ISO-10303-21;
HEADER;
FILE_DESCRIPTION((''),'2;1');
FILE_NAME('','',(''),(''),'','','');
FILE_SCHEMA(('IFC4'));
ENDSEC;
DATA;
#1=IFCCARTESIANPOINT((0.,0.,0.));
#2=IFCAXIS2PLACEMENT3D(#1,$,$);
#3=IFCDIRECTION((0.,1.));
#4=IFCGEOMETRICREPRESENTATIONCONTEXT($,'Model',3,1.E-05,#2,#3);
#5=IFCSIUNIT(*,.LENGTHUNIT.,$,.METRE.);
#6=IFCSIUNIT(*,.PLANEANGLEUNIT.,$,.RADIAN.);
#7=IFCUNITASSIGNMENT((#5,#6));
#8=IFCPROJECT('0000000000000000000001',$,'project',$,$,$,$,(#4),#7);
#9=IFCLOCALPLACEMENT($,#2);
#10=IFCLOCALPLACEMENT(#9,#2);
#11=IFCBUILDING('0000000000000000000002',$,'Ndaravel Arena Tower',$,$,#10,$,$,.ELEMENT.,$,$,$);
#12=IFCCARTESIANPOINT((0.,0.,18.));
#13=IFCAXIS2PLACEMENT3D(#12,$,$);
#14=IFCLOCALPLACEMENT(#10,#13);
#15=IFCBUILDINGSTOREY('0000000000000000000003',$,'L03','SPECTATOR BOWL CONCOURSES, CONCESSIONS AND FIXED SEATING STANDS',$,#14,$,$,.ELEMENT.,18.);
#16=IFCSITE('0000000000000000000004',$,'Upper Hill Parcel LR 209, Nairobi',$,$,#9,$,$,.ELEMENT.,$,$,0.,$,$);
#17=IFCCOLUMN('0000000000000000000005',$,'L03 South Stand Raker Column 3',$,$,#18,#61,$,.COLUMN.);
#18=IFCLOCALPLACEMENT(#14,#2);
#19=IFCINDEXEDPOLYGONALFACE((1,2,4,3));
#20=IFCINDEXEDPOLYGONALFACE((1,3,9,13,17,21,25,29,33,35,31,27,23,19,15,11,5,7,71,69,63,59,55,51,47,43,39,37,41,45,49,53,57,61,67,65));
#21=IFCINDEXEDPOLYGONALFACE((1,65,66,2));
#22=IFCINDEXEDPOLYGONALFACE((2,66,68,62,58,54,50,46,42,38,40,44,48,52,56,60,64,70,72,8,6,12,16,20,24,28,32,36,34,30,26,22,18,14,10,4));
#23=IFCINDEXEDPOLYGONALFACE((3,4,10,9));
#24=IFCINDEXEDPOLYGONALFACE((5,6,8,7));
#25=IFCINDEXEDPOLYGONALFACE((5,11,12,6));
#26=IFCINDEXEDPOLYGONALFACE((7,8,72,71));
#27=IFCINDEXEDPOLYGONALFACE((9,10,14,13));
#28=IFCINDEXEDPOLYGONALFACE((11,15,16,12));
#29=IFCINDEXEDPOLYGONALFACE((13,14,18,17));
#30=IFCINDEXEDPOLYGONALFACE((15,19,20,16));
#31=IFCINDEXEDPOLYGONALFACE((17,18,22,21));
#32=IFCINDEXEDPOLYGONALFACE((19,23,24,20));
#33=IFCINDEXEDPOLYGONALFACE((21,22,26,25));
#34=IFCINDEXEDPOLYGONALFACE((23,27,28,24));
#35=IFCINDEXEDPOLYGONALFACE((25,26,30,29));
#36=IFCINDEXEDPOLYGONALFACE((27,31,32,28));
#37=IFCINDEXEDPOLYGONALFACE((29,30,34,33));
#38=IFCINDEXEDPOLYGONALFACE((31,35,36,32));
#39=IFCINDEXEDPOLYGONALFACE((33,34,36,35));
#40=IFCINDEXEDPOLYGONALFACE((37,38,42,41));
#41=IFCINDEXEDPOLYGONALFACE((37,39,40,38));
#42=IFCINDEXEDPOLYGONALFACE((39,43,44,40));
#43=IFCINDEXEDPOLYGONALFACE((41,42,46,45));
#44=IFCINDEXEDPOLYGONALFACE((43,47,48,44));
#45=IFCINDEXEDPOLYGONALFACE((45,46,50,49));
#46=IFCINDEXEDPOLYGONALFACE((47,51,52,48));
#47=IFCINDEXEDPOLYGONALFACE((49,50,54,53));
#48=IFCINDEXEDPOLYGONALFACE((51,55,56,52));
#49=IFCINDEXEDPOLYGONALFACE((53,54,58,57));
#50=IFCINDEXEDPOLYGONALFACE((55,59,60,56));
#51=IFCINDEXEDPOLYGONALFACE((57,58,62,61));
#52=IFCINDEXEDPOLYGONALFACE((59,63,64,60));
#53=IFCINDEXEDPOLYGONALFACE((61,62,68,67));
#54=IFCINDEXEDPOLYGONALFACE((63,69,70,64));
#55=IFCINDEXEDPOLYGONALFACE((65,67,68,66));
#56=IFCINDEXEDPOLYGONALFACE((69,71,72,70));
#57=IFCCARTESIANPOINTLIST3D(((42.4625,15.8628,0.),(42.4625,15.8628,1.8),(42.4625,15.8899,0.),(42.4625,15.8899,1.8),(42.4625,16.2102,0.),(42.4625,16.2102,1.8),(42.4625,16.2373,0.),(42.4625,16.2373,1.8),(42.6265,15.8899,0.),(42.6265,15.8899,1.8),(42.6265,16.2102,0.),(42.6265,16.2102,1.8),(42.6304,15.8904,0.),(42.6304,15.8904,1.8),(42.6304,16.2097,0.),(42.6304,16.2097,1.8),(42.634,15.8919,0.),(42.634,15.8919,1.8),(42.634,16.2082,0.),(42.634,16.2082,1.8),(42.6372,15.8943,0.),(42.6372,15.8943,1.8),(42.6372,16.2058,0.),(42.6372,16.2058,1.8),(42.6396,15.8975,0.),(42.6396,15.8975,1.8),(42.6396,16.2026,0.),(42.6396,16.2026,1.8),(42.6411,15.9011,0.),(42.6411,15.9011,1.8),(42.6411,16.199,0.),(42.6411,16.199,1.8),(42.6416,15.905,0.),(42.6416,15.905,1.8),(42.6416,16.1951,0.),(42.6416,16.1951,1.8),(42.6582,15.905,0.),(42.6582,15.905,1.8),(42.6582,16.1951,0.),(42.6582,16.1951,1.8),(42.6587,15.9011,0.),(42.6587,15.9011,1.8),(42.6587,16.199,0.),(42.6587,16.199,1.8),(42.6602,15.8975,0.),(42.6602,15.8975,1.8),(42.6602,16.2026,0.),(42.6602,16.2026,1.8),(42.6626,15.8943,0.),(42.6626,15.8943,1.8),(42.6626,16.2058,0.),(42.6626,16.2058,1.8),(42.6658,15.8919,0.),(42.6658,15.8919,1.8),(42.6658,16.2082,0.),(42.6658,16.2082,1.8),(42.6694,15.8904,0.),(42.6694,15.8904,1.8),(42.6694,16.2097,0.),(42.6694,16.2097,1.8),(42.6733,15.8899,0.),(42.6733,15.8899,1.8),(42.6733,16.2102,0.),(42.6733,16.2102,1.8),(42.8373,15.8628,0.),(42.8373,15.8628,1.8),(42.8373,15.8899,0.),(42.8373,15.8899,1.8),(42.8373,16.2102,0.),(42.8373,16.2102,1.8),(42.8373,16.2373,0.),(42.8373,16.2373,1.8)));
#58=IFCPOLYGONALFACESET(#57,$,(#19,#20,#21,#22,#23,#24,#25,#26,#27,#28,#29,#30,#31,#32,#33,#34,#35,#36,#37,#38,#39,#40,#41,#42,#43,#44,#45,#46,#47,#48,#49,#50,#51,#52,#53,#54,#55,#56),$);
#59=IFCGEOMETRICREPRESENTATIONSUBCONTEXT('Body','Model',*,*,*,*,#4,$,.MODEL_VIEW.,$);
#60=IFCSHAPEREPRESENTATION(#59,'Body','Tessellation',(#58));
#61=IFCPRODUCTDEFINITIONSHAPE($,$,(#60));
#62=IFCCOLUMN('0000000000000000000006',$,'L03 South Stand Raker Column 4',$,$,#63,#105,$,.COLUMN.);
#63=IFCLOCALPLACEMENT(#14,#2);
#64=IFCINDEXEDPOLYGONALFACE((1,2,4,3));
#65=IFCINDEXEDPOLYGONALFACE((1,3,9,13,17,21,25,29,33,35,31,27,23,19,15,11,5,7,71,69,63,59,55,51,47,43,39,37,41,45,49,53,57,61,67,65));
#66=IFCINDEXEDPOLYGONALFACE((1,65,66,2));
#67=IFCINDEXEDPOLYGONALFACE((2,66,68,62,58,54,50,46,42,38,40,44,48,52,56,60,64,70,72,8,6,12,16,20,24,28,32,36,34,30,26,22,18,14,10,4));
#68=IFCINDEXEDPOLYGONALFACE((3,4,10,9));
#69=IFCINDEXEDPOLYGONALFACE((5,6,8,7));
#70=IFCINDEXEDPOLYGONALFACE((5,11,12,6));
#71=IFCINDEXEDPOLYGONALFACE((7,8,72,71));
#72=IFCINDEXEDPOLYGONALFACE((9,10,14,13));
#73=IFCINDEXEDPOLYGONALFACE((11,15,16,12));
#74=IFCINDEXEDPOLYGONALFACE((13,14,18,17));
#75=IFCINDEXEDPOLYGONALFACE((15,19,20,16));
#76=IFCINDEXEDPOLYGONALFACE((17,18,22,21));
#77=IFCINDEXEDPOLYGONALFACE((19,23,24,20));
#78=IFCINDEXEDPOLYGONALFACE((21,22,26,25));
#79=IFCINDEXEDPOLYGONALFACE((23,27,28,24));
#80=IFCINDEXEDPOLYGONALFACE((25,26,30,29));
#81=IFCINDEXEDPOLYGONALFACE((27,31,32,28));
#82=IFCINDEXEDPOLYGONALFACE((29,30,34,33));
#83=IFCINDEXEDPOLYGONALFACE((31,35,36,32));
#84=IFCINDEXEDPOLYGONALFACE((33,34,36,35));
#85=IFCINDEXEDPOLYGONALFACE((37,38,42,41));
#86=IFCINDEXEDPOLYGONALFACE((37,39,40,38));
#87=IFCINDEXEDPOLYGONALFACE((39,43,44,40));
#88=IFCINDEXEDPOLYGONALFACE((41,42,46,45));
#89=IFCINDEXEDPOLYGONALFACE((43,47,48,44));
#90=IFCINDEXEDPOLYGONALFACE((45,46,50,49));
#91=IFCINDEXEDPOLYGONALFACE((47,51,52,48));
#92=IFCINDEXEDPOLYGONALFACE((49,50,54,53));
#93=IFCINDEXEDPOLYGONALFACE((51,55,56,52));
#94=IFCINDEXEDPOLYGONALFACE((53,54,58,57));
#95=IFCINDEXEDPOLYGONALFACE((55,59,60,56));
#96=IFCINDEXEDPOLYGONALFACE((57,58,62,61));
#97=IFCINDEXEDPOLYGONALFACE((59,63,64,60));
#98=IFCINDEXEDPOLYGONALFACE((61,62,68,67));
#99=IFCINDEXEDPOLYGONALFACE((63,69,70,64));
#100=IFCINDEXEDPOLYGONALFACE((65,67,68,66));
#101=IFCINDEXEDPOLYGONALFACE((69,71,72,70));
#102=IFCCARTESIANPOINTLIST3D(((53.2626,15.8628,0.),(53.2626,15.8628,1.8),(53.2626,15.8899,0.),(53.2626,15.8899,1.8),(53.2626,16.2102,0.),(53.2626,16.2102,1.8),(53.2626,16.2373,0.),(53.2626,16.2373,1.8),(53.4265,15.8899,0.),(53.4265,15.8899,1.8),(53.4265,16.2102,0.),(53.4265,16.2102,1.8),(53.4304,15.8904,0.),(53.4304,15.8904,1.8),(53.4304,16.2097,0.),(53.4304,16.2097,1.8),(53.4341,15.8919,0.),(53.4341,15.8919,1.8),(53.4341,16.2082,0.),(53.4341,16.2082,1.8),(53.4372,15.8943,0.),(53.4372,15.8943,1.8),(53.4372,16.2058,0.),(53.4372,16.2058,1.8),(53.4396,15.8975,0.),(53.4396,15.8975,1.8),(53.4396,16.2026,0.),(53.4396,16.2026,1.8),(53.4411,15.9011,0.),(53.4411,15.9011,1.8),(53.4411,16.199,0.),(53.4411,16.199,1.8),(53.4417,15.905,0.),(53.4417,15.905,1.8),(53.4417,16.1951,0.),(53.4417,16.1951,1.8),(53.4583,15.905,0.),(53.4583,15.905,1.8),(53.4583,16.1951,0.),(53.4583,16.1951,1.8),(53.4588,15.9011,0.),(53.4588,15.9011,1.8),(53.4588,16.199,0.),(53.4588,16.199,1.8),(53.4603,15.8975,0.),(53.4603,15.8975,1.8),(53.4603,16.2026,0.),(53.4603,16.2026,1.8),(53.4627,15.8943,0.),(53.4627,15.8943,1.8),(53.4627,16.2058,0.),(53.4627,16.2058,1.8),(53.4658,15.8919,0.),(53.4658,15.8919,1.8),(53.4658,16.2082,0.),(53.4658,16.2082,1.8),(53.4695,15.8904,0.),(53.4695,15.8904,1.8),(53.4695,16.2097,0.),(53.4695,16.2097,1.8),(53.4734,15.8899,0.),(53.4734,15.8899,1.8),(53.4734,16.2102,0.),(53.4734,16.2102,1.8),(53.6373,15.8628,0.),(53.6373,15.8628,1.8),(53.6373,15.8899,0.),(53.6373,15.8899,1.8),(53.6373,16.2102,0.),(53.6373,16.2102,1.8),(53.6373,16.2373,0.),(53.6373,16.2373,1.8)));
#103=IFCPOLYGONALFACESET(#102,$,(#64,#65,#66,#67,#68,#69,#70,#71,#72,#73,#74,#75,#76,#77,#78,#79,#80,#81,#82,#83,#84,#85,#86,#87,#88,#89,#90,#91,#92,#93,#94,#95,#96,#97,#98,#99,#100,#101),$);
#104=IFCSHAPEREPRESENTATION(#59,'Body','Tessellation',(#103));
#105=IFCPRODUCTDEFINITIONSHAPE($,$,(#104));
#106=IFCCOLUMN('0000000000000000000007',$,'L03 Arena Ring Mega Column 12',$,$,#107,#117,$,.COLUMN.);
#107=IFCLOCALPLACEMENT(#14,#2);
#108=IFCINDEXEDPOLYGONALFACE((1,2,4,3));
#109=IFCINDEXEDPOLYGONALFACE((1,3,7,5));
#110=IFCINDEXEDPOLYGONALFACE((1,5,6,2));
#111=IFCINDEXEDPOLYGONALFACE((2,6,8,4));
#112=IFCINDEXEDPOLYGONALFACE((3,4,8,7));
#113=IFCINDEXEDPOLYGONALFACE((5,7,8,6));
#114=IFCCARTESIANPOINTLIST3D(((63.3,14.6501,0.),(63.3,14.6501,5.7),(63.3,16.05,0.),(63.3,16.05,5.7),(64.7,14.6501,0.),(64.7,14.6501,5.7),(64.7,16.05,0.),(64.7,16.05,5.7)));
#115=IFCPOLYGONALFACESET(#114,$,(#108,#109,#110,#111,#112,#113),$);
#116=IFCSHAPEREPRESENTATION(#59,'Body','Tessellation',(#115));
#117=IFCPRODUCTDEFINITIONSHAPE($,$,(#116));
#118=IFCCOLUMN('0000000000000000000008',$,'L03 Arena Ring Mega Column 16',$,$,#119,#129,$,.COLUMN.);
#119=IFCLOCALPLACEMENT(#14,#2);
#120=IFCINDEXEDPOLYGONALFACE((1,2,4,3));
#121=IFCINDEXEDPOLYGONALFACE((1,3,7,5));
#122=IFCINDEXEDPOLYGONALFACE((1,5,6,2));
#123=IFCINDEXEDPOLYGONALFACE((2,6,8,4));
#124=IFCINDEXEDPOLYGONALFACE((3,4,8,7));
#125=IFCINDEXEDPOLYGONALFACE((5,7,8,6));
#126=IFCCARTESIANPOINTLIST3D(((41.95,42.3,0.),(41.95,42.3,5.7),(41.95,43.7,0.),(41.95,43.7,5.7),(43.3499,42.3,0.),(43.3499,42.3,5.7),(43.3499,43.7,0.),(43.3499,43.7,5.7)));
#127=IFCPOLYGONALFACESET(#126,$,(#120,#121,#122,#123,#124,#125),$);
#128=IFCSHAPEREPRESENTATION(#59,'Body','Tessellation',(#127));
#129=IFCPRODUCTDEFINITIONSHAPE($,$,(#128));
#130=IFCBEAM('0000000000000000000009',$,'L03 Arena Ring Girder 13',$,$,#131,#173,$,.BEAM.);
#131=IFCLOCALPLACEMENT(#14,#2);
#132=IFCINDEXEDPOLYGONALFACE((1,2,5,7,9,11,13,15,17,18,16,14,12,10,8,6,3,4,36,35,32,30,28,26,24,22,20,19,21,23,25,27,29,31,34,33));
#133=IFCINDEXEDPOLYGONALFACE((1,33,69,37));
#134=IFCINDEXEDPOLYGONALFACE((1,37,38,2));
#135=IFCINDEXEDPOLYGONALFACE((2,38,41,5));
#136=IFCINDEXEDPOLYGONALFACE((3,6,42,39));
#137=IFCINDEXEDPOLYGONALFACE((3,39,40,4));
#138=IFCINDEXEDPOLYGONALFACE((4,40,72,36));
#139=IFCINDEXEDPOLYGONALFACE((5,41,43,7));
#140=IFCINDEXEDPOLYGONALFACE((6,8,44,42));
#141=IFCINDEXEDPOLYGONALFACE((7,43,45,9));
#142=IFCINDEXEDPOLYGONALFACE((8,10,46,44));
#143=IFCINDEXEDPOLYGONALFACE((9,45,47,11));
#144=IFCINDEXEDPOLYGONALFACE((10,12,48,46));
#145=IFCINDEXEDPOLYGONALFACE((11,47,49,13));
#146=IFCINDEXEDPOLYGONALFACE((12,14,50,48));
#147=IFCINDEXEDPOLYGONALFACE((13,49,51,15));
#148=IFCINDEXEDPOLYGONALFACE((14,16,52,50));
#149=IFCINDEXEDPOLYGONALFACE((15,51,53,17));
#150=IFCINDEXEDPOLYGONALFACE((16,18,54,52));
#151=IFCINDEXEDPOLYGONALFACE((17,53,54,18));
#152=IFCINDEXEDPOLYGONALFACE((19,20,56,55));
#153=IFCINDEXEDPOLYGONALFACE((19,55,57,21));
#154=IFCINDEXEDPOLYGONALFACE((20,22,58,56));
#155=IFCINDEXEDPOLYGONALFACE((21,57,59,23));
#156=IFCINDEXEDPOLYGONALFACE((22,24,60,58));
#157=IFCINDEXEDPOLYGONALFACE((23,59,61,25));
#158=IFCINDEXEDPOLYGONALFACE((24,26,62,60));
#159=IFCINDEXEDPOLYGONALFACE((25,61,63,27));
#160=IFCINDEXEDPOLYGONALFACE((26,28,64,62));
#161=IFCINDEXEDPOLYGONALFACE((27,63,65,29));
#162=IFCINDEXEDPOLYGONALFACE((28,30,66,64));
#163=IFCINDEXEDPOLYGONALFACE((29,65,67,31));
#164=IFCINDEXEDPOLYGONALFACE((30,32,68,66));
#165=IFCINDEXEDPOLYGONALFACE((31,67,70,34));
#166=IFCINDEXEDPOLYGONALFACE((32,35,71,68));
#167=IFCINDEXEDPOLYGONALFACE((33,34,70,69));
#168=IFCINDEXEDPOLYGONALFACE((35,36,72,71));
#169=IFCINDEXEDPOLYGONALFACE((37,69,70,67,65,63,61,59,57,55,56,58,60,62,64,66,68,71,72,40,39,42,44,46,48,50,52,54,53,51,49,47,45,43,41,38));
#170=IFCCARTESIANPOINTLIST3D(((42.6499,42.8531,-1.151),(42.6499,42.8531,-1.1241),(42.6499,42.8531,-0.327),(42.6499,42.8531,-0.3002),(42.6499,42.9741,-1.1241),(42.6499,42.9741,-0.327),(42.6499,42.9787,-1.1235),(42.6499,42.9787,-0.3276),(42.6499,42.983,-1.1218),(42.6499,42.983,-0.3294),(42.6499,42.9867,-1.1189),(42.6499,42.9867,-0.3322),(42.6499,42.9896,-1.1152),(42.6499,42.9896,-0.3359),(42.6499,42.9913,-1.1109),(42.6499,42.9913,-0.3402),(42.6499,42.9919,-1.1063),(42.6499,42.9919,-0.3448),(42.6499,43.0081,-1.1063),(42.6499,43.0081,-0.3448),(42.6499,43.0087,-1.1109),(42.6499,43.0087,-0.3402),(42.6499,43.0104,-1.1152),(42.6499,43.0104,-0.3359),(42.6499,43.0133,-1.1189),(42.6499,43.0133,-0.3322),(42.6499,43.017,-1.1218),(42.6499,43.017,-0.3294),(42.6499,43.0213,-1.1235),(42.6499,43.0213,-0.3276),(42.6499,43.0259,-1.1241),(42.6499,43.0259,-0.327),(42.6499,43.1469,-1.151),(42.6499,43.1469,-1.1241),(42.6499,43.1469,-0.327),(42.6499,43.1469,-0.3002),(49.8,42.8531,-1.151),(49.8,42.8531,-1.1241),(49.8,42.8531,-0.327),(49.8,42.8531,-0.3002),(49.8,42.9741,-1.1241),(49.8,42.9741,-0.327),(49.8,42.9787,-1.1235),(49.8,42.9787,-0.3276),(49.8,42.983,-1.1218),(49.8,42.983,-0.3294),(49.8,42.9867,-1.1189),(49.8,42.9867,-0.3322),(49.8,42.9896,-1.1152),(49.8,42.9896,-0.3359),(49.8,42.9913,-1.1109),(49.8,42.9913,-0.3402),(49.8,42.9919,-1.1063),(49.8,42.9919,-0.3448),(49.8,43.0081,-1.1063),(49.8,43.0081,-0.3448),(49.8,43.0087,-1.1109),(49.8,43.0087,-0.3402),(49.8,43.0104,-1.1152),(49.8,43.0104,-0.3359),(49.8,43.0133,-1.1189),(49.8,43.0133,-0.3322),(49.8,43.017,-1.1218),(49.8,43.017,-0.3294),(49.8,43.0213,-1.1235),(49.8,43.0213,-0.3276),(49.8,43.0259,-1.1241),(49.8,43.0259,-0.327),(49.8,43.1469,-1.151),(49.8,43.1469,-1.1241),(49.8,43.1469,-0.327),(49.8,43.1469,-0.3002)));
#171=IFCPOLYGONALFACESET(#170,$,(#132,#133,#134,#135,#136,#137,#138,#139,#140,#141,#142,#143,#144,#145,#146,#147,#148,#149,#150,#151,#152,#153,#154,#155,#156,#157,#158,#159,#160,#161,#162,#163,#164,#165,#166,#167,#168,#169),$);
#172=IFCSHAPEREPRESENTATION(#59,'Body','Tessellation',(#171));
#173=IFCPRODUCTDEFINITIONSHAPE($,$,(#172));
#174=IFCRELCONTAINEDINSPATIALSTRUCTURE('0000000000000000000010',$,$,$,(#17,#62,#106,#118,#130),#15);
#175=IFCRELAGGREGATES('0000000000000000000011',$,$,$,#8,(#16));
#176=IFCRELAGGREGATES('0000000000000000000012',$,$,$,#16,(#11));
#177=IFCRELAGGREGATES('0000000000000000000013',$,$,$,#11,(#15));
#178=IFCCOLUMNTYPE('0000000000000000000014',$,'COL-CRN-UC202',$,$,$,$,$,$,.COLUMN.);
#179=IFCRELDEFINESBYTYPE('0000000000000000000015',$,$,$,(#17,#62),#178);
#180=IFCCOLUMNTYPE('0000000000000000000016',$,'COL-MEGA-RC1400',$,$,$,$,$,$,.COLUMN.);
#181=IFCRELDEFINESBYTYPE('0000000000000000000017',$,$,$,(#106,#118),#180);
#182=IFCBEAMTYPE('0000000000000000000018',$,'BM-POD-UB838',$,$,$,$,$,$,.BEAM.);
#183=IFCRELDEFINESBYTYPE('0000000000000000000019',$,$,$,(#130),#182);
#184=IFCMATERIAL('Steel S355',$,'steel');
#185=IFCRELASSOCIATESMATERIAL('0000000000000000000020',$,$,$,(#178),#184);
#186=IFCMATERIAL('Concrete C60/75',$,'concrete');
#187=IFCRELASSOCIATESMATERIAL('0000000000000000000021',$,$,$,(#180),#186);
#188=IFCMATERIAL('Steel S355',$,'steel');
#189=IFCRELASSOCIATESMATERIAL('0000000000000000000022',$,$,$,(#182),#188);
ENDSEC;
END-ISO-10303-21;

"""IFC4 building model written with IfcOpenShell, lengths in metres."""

from ifc_helpers import new_model, si_unit, direction, frame, origin, origin_2d, place, context, subcontext, project, spatial, rectangle, i_section, extrude, material, material_profile, profile_set, type_object, element, save


model = new_model("IFC4")

# Units and contexts
model_context = context("Model", 3, precision=1e-05, world=origin(), true_north=direction((0.0, 1.0)))
body_context = subcontext(model_context, "Body", "Model", "MODEL_VIEW")
ifc_project = project(units=[si_unit("LENGTHUNIT", "METRE"), si_unit("PLANEANGLEUNIT", "RADIAN")], contexts=[model_context])

# Site, building, storey
site_placement = place(None, origin())
site = spatial("IfcSite", under=ifc_project, at=site_placement, Name="Upper Hill Parcel LR 209, Nairobi", CompositionType="ELEMENT", RefElevation=0.0)
building_placement = place(site_placement, origin())
building = spatial("IfcBuilding", under=site, at=building_placement, Name="Ndaravel Arena Tower", CompositionType="ELEMENT")
storey_placement = place(building_placement, frame((0.0, 0.0, 18.0)))
storey = spatial("IfcBuildingStorey", under=building, at=storey_placement, Name="L03", Description="SPECTATOR BOWL CONCOURSES, CONCESSIONS AND FIXED SEATING STANDS", CompositionType="ELEMENT", Elevation=18.0)

# Columns
ifc_material_1 = material(Name="Steel S355", Category="steel")
ifc_material_profile_1 = material_profile(ifc_material_1, i_section(OverallWidth=0.3748, OverallDepth=0.3745, WebThickness=0.0166, FlangeThickness=0.0271, FilletRadius=0.0151, at=origin_2d()), Name="UC 356x368x202")
ifc_profile_set_1 = profile_set([ifc_material_profile_1], Name="Steel S355")
column_type_1 = type_object("IfcColumnType", Name="COL-CRN-UC202", PredefinedType="COLUMN", material=ifc_profile_set_1)
for number, where, z_axis, x_axis, name in (
    (1, (42.6499, 16.05, 0.0), (0.0, 0.0, 1.0), (1.0, 0.0, 0.0), "L03 South Stand Raker Column 3"),
    (2, (53.45, 16.05, 0.0), (0.0, 0.0, 1.0), (1.0, 0.0, 0.0), "L03 South Stand Raker Column 4"),
):
    element("IfcColumn", number, at=place(storey_placement, frame(where, z_axis=z_axis, x_axis=x_axis)), inside=storey, type_object=column_type_1, Name=name, PredefinedType="COLUMN", context=body_context, shape_type="SweptSolid", body=[
        extrude(i_section(OverallWidth=0.3748, OverallDepth=0.3745, WebThickness=0.0166, FlangeThickness=0.0271, FilletRadius=0.0151, at=origin_2d()), origin(), (0.0, 0.0, 1.0), 1.8),
    ])
ifc_material_2 = material(Name="Concrete C60/75", Category="concrete")
ifc_material_profile_2 = material_profile(ifc_material_2, rectangle(XDim=1.3999, YDim=1.3999, at=origin_2d()), Name="RC 1400x1400")
ifc_profile_set_2 = profile_set([ifc_material_profile_2], Name="Concrete C60/75")
column_type_2 = type_object("IfcColumnType", Name="COL-MEGA-RC1400", PredefinedType="COLUMN", material=ifc_profile_set_2)
for number, where, z_axis, x_axis, name in (
    (3, (64.0, 15.3501, 0.0), (0.0, 0.0, 1.0), (1.0, 0.0, 0.0), "L03 Arena Ring Mega Column 12"),
    (4, (42.6499, 43.0, 0.0), (0.0, 0.0, 1.0), (1.0, 0.0, 0.0), "L03 Arena Ring Mega Column 16"),
):
    element("IfcColumn", number, at=place(storey_placement, frame(where, z_axis=z_axis, x_axis=x_axis)), inside=storey, type_object=column_type_2, Name=name, PredefinedType="COLUMN", context=body_context, shape_type="SweptSolid", body=[
        extrude(rectangle(XDim=1.3999, YDim=1.3999, at=origin_2d()), origin(), (0.0, 0.0, 1.0), 5.7),
    ])

# Beam
ifc_material_3 = material(Name="Steel S355", Category="steel")
ifc_material_profile_3 = material_profile(ifc_material_3, i_section(OverallWidth=0.2937, OverallDepth=0.8508, WebThickness=0.0161, FlangeThickness=0.0269, FilletRadius=0.0178, at=origin_2d()), Name="UB 838x292x226")
ifc_profile_set_3 = profile_set([ifc_material_profile_3], Name="Steel S355")
beam_type_1 = type_object("IfcBeamType", Name="BM-POD-UB838", PredefinedType="BEAM", material=ifc_profile_set_3)
beam_1_placement = place(storey_placement, frame((42.6499, 43.0, -0.7256), z_axis=(1.0, 0.0, 0.0), x_axis=(0.0, 1.0, 0.0)))
element("IfcBeam", 5, at=beam_1_placement, inside=storey, type_object=beam_type_1, Name="L03 Arena Ring Girder 13", PredefinedType="BEAM", context=body_context, shape_type="SweptSolid", body=[
    extrude(i_section(OverallWidth=0.2937, OverallDepth=0.8508, WebThickness=0.0161, FlangeThickness=0.0269, FilletRadius=0.0178, at=origin_2d()), origin(), (0.0, 0.0, 1.0), 7.1501),
])

save(model, "model.ifc")
